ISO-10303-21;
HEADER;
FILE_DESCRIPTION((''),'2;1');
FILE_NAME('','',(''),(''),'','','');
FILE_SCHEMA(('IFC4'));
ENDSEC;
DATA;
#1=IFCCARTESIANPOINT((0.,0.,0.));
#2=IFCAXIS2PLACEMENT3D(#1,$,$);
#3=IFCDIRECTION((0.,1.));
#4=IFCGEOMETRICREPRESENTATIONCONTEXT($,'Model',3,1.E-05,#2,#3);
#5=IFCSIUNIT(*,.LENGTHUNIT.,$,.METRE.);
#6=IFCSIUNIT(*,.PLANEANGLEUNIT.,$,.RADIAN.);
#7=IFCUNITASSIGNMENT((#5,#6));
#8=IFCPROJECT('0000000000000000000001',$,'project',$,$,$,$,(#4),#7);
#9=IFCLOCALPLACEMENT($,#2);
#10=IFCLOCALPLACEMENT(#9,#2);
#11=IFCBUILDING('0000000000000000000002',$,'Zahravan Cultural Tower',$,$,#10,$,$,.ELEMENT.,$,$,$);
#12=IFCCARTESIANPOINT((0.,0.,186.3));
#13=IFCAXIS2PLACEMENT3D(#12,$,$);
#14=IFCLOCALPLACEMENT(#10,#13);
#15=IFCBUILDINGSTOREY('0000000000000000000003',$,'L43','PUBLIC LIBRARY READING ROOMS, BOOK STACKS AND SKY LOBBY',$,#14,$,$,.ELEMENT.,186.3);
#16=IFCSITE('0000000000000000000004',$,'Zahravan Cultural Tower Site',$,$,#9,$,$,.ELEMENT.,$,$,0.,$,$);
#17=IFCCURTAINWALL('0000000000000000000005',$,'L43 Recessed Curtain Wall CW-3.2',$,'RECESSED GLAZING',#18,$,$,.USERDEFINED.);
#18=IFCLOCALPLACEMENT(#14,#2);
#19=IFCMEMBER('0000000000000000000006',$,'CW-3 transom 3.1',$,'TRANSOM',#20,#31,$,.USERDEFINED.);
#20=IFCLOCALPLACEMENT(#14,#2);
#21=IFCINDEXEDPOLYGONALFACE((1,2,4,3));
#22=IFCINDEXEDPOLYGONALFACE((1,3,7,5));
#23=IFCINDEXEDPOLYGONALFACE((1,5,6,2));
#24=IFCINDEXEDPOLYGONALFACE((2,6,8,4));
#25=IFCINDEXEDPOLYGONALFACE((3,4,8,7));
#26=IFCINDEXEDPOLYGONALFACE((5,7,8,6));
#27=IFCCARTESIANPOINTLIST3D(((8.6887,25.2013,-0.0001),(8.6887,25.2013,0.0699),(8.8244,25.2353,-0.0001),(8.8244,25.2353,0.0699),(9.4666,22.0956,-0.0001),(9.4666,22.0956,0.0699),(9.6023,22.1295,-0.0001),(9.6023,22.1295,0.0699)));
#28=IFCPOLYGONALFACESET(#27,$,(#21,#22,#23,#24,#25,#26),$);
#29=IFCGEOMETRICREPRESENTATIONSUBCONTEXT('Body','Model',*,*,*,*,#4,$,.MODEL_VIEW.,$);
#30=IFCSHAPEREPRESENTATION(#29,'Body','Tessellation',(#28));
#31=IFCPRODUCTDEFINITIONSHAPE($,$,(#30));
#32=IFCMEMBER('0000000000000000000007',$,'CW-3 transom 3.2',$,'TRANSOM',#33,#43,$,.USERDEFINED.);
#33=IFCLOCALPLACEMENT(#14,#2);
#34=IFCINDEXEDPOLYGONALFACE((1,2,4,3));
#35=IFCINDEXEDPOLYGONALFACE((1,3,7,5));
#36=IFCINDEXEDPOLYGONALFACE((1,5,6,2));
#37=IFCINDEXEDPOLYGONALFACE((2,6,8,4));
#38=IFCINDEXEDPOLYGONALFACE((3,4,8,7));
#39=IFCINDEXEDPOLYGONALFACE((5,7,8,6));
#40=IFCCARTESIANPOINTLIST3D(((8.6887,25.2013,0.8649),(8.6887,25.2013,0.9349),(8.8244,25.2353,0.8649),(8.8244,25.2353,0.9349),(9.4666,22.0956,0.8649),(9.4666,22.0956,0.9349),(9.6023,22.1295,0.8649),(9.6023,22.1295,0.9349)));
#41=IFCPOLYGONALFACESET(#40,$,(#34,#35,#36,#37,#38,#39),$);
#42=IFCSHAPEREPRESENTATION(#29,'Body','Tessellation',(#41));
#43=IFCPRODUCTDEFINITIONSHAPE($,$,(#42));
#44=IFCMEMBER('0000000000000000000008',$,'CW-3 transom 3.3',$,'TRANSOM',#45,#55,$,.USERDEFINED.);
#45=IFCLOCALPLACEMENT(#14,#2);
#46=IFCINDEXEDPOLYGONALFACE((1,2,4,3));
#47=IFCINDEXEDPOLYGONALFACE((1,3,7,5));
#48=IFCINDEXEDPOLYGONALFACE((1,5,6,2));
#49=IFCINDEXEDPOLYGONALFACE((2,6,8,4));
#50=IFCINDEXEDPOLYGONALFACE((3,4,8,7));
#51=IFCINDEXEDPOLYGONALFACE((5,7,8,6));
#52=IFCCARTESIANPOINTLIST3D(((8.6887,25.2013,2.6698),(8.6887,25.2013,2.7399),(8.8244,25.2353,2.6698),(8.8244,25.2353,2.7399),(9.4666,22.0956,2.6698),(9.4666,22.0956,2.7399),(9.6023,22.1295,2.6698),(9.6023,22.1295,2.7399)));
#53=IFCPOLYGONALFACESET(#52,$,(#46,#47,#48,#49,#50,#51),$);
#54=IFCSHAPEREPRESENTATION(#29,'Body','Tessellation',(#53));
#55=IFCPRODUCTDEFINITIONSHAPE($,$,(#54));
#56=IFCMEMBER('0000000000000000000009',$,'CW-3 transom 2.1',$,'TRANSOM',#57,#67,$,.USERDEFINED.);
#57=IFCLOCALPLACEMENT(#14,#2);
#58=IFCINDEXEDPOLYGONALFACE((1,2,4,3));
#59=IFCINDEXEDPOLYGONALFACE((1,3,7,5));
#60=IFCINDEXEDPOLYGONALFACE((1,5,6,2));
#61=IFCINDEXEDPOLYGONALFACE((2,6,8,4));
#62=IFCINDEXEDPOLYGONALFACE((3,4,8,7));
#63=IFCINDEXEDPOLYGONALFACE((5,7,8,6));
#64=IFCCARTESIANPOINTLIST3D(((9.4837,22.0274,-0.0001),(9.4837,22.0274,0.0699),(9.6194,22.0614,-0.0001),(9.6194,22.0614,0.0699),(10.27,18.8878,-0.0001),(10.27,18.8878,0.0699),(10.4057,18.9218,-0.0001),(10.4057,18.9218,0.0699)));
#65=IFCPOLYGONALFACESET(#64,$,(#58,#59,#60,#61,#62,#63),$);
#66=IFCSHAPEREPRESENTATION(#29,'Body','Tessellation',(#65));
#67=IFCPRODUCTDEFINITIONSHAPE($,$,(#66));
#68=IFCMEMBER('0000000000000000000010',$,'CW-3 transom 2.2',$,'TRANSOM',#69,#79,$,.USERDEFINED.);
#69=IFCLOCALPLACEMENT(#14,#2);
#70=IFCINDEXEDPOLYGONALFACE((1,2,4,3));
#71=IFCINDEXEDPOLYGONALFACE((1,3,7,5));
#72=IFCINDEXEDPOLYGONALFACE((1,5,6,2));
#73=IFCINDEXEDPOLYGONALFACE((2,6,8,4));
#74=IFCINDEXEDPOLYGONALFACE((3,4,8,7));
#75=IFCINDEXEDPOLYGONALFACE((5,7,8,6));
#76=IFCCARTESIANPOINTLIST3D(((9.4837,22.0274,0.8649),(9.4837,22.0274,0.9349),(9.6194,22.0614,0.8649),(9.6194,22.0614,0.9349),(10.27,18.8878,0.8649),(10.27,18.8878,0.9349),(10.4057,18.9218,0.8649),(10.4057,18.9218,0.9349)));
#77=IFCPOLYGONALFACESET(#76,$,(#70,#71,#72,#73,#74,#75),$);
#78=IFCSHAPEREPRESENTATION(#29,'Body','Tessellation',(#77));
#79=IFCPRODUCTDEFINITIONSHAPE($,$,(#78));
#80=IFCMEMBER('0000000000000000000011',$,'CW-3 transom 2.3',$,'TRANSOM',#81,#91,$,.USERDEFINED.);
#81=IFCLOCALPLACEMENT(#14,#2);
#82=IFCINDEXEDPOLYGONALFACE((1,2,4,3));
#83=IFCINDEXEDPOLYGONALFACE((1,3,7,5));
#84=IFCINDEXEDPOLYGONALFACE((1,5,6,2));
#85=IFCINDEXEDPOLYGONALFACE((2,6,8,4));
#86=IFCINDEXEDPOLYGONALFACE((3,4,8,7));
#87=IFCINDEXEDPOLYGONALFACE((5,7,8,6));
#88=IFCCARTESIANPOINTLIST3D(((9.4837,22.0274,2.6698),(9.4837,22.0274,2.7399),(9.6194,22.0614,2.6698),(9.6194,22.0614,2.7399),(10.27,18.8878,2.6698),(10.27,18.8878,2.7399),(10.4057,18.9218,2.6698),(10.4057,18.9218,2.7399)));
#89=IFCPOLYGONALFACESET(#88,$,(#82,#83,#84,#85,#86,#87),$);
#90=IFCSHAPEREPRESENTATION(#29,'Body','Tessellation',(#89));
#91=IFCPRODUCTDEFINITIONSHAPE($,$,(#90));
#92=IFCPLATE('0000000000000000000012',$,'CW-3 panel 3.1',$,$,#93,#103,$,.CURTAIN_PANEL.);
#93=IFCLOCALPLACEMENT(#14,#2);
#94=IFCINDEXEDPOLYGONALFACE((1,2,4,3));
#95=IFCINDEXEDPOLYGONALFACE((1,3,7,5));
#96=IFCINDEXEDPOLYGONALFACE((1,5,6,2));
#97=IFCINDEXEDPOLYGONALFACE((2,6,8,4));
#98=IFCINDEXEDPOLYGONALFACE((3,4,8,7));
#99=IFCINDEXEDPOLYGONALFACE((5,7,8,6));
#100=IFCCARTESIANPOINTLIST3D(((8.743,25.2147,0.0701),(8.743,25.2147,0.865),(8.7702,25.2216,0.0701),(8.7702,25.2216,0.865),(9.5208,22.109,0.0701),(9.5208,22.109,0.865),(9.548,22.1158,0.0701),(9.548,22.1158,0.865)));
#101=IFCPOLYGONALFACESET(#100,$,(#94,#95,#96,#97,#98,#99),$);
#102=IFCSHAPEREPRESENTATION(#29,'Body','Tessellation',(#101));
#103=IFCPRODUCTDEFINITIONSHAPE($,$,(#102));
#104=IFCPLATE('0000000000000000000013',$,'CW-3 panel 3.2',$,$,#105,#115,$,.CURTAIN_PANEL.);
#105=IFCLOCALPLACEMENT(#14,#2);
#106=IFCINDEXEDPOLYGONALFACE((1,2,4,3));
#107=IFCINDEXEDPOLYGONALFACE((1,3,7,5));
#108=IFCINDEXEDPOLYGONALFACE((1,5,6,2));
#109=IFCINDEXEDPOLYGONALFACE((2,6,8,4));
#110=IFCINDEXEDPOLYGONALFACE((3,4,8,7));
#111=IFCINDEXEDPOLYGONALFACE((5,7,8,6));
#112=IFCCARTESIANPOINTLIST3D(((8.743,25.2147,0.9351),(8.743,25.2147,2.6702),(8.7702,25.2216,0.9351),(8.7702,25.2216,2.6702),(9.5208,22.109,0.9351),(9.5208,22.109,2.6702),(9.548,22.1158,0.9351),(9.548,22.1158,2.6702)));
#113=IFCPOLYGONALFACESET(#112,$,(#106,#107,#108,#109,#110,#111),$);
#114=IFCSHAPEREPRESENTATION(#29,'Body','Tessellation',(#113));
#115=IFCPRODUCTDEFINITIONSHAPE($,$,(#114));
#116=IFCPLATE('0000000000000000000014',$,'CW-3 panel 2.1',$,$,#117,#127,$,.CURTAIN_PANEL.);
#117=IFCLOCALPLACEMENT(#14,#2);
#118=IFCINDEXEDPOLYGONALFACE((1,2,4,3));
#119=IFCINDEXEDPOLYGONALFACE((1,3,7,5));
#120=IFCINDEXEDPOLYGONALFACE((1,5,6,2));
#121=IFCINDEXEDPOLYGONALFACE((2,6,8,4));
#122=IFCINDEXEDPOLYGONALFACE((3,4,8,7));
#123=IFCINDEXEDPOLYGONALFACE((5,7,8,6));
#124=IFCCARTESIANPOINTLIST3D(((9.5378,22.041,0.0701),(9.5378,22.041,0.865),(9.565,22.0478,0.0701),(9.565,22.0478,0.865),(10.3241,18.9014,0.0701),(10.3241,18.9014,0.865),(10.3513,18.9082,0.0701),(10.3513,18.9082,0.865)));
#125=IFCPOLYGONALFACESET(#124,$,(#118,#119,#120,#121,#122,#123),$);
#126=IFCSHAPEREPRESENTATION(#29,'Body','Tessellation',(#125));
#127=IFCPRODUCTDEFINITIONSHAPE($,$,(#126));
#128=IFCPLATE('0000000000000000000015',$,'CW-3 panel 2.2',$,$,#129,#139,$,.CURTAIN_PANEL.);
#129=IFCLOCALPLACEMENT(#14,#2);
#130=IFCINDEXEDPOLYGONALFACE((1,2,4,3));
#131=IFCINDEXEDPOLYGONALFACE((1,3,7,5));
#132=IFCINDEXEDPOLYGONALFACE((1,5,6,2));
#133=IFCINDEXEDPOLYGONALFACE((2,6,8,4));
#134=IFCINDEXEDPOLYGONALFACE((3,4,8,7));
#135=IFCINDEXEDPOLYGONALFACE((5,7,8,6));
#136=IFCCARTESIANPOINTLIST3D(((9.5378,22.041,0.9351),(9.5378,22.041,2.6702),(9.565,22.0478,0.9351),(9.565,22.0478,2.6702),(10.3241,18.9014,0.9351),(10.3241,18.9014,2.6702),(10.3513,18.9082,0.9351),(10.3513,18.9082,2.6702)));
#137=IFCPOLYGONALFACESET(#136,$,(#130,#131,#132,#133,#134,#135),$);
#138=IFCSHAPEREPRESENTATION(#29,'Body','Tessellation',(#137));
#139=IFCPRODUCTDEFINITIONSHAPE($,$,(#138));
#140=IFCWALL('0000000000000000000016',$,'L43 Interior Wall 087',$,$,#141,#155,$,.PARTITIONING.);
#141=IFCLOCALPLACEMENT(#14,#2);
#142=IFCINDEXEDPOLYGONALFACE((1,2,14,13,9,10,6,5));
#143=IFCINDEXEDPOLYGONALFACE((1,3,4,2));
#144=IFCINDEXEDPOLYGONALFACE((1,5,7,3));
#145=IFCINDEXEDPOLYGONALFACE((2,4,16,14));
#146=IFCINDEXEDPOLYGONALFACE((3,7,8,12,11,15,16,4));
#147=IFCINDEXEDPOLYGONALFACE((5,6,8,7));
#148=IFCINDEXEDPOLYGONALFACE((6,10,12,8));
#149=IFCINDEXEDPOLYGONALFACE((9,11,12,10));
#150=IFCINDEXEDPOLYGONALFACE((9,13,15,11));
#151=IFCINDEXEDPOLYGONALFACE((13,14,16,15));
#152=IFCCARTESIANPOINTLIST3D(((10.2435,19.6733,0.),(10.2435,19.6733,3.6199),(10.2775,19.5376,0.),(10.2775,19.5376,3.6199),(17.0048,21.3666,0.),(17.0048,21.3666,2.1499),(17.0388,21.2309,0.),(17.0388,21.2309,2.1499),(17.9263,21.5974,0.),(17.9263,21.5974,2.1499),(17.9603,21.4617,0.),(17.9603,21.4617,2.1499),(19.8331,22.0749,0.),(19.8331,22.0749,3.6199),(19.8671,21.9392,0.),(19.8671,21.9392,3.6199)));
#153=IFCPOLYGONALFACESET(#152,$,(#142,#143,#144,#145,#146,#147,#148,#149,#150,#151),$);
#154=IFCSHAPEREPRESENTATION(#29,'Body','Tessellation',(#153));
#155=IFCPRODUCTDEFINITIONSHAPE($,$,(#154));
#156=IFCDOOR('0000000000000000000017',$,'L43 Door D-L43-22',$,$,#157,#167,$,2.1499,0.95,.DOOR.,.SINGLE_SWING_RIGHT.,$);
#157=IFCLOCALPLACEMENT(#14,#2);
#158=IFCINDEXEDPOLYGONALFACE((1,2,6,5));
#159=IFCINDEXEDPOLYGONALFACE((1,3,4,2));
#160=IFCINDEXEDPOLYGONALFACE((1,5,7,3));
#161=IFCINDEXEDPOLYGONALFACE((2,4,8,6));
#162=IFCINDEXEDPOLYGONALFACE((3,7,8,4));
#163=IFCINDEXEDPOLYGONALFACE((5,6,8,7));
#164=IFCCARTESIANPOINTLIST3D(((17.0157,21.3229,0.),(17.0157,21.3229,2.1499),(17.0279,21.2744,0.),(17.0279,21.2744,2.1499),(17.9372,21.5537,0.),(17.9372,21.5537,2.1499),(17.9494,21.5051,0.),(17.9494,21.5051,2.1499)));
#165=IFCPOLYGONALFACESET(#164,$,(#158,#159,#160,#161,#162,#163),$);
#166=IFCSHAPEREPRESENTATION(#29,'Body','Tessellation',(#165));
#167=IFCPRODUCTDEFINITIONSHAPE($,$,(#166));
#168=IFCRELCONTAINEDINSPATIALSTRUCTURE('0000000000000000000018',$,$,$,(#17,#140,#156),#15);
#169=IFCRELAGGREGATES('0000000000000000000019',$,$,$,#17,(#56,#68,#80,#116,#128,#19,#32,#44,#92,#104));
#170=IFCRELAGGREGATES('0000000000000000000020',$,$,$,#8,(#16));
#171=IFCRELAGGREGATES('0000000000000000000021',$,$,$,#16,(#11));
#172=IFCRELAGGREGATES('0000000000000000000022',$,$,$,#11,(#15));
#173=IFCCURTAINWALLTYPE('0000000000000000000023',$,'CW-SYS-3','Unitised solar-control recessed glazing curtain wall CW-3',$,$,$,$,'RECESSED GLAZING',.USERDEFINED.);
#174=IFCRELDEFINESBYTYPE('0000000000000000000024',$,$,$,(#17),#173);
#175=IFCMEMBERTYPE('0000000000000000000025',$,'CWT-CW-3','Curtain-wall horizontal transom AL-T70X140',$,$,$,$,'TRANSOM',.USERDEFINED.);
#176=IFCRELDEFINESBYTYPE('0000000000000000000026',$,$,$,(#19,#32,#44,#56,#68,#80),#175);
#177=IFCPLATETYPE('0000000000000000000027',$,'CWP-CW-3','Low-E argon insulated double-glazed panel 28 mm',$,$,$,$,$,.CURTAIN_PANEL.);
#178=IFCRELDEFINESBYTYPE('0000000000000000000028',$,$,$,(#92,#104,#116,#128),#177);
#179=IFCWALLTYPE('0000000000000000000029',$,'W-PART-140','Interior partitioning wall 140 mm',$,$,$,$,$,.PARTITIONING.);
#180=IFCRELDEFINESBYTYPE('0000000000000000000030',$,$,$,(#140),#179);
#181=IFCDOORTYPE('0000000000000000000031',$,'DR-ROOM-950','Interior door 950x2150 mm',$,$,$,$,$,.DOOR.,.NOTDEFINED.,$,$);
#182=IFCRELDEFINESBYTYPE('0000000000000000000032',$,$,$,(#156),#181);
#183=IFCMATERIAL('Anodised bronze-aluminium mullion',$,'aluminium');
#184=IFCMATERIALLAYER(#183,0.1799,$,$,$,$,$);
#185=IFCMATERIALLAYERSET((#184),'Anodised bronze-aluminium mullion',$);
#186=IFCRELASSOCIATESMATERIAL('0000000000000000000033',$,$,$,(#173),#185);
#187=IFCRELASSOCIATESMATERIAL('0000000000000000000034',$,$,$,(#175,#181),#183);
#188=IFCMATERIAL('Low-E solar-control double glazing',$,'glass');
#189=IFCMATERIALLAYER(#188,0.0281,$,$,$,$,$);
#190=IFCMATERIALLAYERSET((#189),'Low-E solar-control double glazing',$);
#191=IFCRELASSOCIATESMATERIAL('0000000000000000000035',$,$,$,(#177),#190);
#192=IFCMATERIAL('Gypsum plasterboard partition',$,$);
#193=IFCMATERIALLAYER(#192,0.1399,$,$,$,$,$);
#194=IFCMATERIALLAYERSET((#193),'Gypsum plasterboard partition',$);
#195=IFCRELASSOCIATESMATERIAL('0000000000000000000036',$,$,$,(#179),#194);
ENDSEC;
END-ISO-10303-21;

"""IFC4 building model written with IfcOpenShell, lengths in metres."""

from ifc_helpers import new_model, si_unit, direction, frame, frame_2d, origin, origin_2d, place, context, subcontext, project, spatial, rectangle, extrude, source, transform, mapped, material, layer, layer_set, material_profile, profile_set, type_object, element, fill, aggregate, save


model = new_model("IFC4")

# Units and contexts
model_context = context("Model", 3, precision=1e-05, world=origin(), true_north=direction((0.0, 1.0)))
body_context = subcontext(model_context, "Body", "Model", "MODEL_VIEW")
ifc_project = project(units=[si_unit("LENGTHUNIT", "METRE"), si_unit("PLANEANGLEUNIT", "RADIAN")], contexts=[model_context])

# Site, building, storey
site_placement = place(None, origin())
site = spatial("IfcSite", under=ifc_project, at=site_placement, Name="Zahravan Cultural Tower Site", CompositionType="ELEMENT", RefElevation=0.0)
building_placement = place(site_placement, origin())
building = spatial("IfcBuilding", under=site, at=building_placement, Name="Zahravan Cultural Tower", CompositionType="ELEMENT")
storey_placement = place(building_placement, frame((0.0, 0.0, 186.3)))
storey = spatial("IfcBuildingStorey", under=building, at=storey_placement, Name="L43", Description="PUBLIC LIBRARY READING ROOMS, BOOK STACKS AND SKY LOBBY", CompositionType="ELEMENT", Elevation=186.3)

# Curtain wall, members, plates
ifc_material_1 = material(Name="Anodised bronze-aluminium mullion", Category="aluminium")
ifc_layer_1 = layer(ifc_material_1, 0.1799)
ifc_layer_set_1 = layer_set([ifc_layer_1], Name="Anodised bronze-aluminium mullion")
curtain_wall_type = type_object("IfcCurtainWallType", Name="CW-SYS-3", Description="Unitised solar-control recessed glazing curtain wall CW-3", ElementType="RECESSED GLAZING", PredefinedType="USERDEFINED", material=ifc_layer_set_1)
curtain_wall_placement = place(storey_placement, origin())
curtain_wall = element("IfcCurtainWall", 1, at=curtain_wall_placement, inside=storey, type_object=curtain_wall_type, Name="L43 Recessed Curtain Wall CW-3.2", ObjectType="RECESSED GLAZING", PredefinedType="USERDEFINED")
ifc_material_profile_1 = material_profile(ifc_material_1, rectangle(XDim=0.1399, YDim=0.0701, at=origin_2d()), Name="AL-T70X140")
ifc_profile_set_1 = profile_set([ifc_material_profile_1], Name="Anodised bronze-aluminium mullion")
member_type_1 = type_object("IfcMemberType", Name="CWT-CW-3", Description="Curtain-wall horizontal transom AL-T70X140", ElementType="TRANSOM", PredefinedType="USERDEFINED", material=ifc_profile_set_1)
shared_shape_1 = source(origin(), body_context, "Body", "SweptSolid", [
    extrude(rectangle(XDim=0.1399, YDim=0.0701, at=origin_2d()), origin(), (0.0, 0.0, 1.0), 3.2017),
])
member_1_placement = place(storey_placement, frame((9.5344, 22.1125, 0.0349), z_axis=(-0.242948, 0.970039, 0.0), x_axis=(-0.970039, -0.242948, 0.0)))
member_1 = element("IfcMember", 2, at=member_1_placement, type_object=member_type_1, Name="CW-3 transom 3.1", ObjectType="TRANSOM", PredefinedType="USERDEFINED", context=body_context, shape_type="MappedRepresentation", body=[
    mapped(shared_shape_1, transform((0.0, 0.0, 0.0), x_axis=(1.0, 0.0, 0.0), y_axis=(0.0, 1.0, 0.0), z_axis=(0.0, 0.0, 1.0), scale=1.0)),
])
member_2_placement = place(storey_placement, frame((9.5344, 22.1125, 0.8999), z_axis=(-0.242948, 0.970039, 0.0), x_axis=(-0.970039, -0.242948, 0.0)))
member_2 = element("IfcMember", 3, at=member_2_placement, type_object=member_type_1, Name="CW-3 transom 3.2", ObjectType="TRANSOM", PredefinedType="USERDEFINED", context=body_context, shape_type="MappedRepresentation", body=[
    mapped(shared_shape_1, transform((0.0, 0.0, 0.0), x_axis=(1.0, 0.0, 0.0), y_axis=(0.0, 1.0, 0.0), z_axis=(0.0, 0.0, 1.0), scale=1.0)),
])
member_3_placement = place(storey_placement, frame((9.5344, 22.1125, 2.7048), z_axis=(-0.242948, 0.970039, 0.0), x_axis=(-0.970039, -0.242948, 0.0)))
member_3 = element("IfcMember", 4, at=member_3_placement, type_object=member_type_1, Name="CW-3 transom 3.3", ObjectType="TRANSOM", PredefinedType="USERDEFINED", context=body_context, shape_type="MappedRepresentation", body=[
    mapped(shared_shape_1, transform((0.0, 0.0, 0.0), x_axis=(1.0, 0.0, 0.0), y_axis=(0.0, 1.0, 0.0), z_axis=(0.0, 0.0, 1.0), scale=1.0)),
])
shared_shape_2 = source(origin(), body_context, "Body", "SweptSolid", [
    extrude(rectangle(XDim=0.1399, YDim=0.0701, at=origin_2d()), origin(), (0.0, 0.0, 1.0), 3.2366),
])
member_4_placement = place(storey_placement, frame((10.3379, 18.9048, 0.0349), z_axis=(-0.242962, 0.970036, 0.0), x_axis=(-0.970036, -0.242962, 0.0)))
member_4 = element("IfcMember", 5, at=member_4_placement, type_object=member_type_1, Name="CW-3 transom 2.1", ObjectType="TRANSOM", PredefinedType="USERDEFINED", context=body_context, shape_type="MappedRepresentation", body=[
    mapped(shared_shape_2, transform((0.0, 0.0, 0.0), x_axis=(1.0, 0.0, 0.0), y_axis=(0.0, 1.0, 0.0), z_axis=(0.0, 0.0, 1.0), scale=1.0)),
])
member_5_placement = place(storey_placement, frame((10.3379, 18.9048, 0.8999), z_axis=(-0.242962, 0.970036, 0.0), x_axis=(-0.970036, -0.242962, 0.0)))
member_5 = element("IfcMember", 6, at=member_5_placement, type_object=member_type_1, Name="CW-3 transom 2.2", ObjectType="TRANSOM", PredefinedType="USERDEFINED", context=body_context, shape_type="MappedRepresentation", body=[
    mapped(shared_shape_2, transform((0.0, 0.0, 0.0), x_axis=(1.0, 0.0, 0.0), y_axis=(0.0, 1.0, 0.0), z_axis=(0.0, 0.0, 1.0), scale=1.0)),
])
member_6_placement = place(storey_placement, frame((10.3379, 18.9048, 2.7048), z_axis=(-0.242962, 0.970036, 0.0), x_axis=(-0.970036, -0.242962, 0.0)))
member_6 = element("IfcMember", 7, at=member_6_placement, type_object=member_type_1, Name="CW-3 transom 2.3", ObjectType="TRANSOM", PredefinedType="USERDEFINED", context=body_context, shape_type="MappedRepresentation", body=[
    mapped(shared_shape_2, transform((0.0, 0.0, 0.0), x_axis=(1.0, 0.0, 0.0), y_axis=(0.0, 1.0, 0.0), z_axis=(0.0, 0.0, 1.0), scale=1.0)),
])
ifc_material_2 = material(Name="Low-E solar-control double glazing", Category="glass")
ifc_layer_2 = layer(ifc_material_2, 0.0281)
ifc_layer_set_2 = layer_set([ifc_layer_2], Name="Low-E solar-control double glazing")
plate_type = type_object("IfcPlateType", Name="CWP-CW-3", Description="Low-E argon insulated double-glazed panel 28 mm", PredefinedType="CURTAIN_PANEL", material=ifc_layer_set_2)
shared_shape_3 = source(origin(), body_context, "Body", "SweptSolid", [
    extrude(rectangle(XDim=3.2017, YDim=0.0281, at=origin_2d()), origin(), (0.0, 0.0, 1.0), 0.7949),
])
plate_1_placement = place(storey_placement, frame((9.1455, 23.6653, 0.0701), z_axis=(0.0, 0.0, 1.0), x_axis=(-0.242944, 0.97004, 0.0)))
plate_1 = element("IfcPlate", 8, at=plate_1_placement, type_object=plate_type, Name="CW-3 panel 3.1", PredefinedType="CURTAIN_PANEL", context=body_context, shape_type="MappedRepresentation", body=[
    mapped(shared_shape_3, transform((0.0, 0.0, 0.0), x_axis=(1.0, 0.0, 0.0), y_axis=(0.0, 1.0, 0.0), z_axis=(0.0, 0.0, 1.0), scale=1.0)),
])
shared_shape_4 = source(origin(), body_context, "Body", "SweptSolid", [
    extrude(rectangle(XDim=3.2017, YDim=0.0281, at=origin_2d()), origin(), (0.0, 0.0, 1.0), 1.7351),
])
plate_2_placement = place(storey_placement, frame((9.1455, 23.6653, 0.9351), z_axis=(0.0, 0.0, 1.0), x_axis=(-0.242944, 0.97004, 0.0)))
plate_2 = element("IfcPlate", 9, at=plate_2_placement, type_object=plate_type, Name="CW-3 panel 3.2", PredefinedType="CURTAIN_PANEL", context=body_context, shape_type="MappedRepresentation", body=[
    mapped(shared_shape_4, transform((0.0, 0.0, 0.0), x_axis=(1.0, 0.0, 0.0), y_axis=(0.0, 1.0, 0.0), z_axis=(0.0, 0.0, 1.0), scale=1.0)),
])
shared_shape_5 = source(origin(), body_context, "Body", "SweptSolid", [
    extrude(rectangle(XDim=3.2366, YDim=0.0281, at=origin_2d()), origin(), (0.0, 0.0, 1.0), 0.7949),
])
plate_3_placement = place(storey_placement, frame((9.9446, 20.4746, 0.0701), z_axis=(0.0, 0.0, 1.0), x_axis=(-0.242944, 0.97004, 0.0)))
plate_3 = element("IfcPlate", 10, at=plate_3_placement, type_object=plate_type, Name="CW-3 panel 2.1", PredefinedType="CURTAIN_PANEL", context=body_context, shape_type="MappedRepresentation", body=[
    mapped(shared_shape_5, transform((0.0, 0.0, 0.0), x_axis=(1.0, 0.0, 0.0), y_axis=(0.0, 1.0, 0.0), z_axis=(0.0, 0.0, 1.0), scale=1.0)),
])
shared_shape_6 = source(origin(), body_context, "Body", "SweptSolid", [
    extrude(rectangle(XDim=3.2366, YDim=0.0281, at=origin_2d()), origin(), (0.0, 0.0, 1.0), 1.7351),
])
plate_4_placement = place(storey_placement, frame((9.9446, 20.4746, 0.9351), z_axis=(0.0, 0.0, 1.0), x_axis=(-0.242944, 0.97004, 0.0)))
plate_4 = element("IfcPlate", 11, at=plate_4_placement, type_object=plate_type, Name="CW-3 panel 2.2", PredefinedType="CURTAIN_PANEL", context=body_context, shape_type="MappedRepresentation", body=[
    mapped(shared_shape_6, transform((0.0, 0.0, 0.0), x_axis=(1.0, 0.0, 0.0), y_axis=(0.0, 1.0, 0.0), z_axis=(0.0, 0.0, 1.0), scale=1.0)),
])
aggregate(curtain_wall, [member_4, member_5, member_6, plate_3, plate_4, member_1, member_2, member_3, plate_1, plate_2])

# Wall, opening, door
ifc_material_3 = material(Name="Gypsum plasterboard partition")
ifc_layer_3 = layer(ifc_material_3, 0.1399)
ifc_layer_set_3 = layer_set([ifc_layer_3], Name="Gypsum plasterboard partition")
wall_type = type_object("IfcWallType", Name="W-PART-140", Description="Interior partitioning wall 140 mm", PredefinedType="PARTITIONING", material=ifc_layer_set_3)
wall_1_placement = place(storey_placement, frame((10.2605, 19.6055, 0.0), z_axis=(0.0, 0.0, 1.0), x_axis=(0.970042, 0.242937, 0.0)))
wall_1 = element("IfcWall", 12, at=wall_1_placement, inside=storey, type_object=wall_type, Name="L43 Interior Wall 087", PredefinedType="PARTITIONING", context=body_context, shape_type="SweptSolid", body=[
    extrude(rectangle(XDim=9.8857, YDim=0.1399, at=frame_2d((4.9429, 0.0))), origin(), (0.0, 0.0, 1.0), 3.6199),
])
opening_1_placement = place(wall_1_placement, frame((6.97, 0.0, 0.0)))
opening_1 = element("IfcOpeningElement", 13, at=opening_1_placement, cuts=wall_1, PredefinedType="OPENING", context=body_context, shape_type="SweptSolid", body=[
    extrude(rectangle(XDim=0.95, YDim=2.1499, at=frame_2d((0.4751, 1.075))), frame((0.0, 0.0798, 0.0), z_axis=(0.0, -1.0, 0.0), x_axis=(1.0, 0.0, 0.0)), (0.0, 0.0, 1.0), 0.1599),
])
door_type = type_object("IfcDoorType", Name="DR-ROOM-950", Description="Interior door 950x2150 mm", OperationType="NOTDEFINED", PredefinedType="DOOR", material=ifc_material_1)
shared_shape_7 = source(origin(), body_context, "Body", "SweptSolid", [
    extrude(rectangle(XDim=0.95, YDim=2.1499, at=frame_2d((0.4751, 1.075))), frame((0.0, 0.0249, 0.0), z_axis=(0.0, -1.0, 0.0), x_axis=(1.0, 0.0, 0.0)), (0.0, 0.0, 1.0), 0.05),
])
door_1_placement = place(opening_1_placement, origin())
door_1 = element("IfcDoor", 14, at=door_1_placement, inside=storey, type_object=door_type, Name="L43 Door D-L43-22", OperationType="SINGLE_SWING_RIGHT", OverallHeight=2.1499, OverallWidth=0.95, PredefinedType="DOOR", context=body_context, shape_type="MappedRepresentation", body=[
    mapped(shared_shape_7, transform((0.0, 0.0, 0.0), x_axis=(1.0, 0.0, 0.0), y_axis=(0.0, 1.0, 0.0), z_axis=(0.0, 0.0, 1.0), scale=1.0)),
])
fill(opening_1, door_1)

save(model, "model.ifc")
